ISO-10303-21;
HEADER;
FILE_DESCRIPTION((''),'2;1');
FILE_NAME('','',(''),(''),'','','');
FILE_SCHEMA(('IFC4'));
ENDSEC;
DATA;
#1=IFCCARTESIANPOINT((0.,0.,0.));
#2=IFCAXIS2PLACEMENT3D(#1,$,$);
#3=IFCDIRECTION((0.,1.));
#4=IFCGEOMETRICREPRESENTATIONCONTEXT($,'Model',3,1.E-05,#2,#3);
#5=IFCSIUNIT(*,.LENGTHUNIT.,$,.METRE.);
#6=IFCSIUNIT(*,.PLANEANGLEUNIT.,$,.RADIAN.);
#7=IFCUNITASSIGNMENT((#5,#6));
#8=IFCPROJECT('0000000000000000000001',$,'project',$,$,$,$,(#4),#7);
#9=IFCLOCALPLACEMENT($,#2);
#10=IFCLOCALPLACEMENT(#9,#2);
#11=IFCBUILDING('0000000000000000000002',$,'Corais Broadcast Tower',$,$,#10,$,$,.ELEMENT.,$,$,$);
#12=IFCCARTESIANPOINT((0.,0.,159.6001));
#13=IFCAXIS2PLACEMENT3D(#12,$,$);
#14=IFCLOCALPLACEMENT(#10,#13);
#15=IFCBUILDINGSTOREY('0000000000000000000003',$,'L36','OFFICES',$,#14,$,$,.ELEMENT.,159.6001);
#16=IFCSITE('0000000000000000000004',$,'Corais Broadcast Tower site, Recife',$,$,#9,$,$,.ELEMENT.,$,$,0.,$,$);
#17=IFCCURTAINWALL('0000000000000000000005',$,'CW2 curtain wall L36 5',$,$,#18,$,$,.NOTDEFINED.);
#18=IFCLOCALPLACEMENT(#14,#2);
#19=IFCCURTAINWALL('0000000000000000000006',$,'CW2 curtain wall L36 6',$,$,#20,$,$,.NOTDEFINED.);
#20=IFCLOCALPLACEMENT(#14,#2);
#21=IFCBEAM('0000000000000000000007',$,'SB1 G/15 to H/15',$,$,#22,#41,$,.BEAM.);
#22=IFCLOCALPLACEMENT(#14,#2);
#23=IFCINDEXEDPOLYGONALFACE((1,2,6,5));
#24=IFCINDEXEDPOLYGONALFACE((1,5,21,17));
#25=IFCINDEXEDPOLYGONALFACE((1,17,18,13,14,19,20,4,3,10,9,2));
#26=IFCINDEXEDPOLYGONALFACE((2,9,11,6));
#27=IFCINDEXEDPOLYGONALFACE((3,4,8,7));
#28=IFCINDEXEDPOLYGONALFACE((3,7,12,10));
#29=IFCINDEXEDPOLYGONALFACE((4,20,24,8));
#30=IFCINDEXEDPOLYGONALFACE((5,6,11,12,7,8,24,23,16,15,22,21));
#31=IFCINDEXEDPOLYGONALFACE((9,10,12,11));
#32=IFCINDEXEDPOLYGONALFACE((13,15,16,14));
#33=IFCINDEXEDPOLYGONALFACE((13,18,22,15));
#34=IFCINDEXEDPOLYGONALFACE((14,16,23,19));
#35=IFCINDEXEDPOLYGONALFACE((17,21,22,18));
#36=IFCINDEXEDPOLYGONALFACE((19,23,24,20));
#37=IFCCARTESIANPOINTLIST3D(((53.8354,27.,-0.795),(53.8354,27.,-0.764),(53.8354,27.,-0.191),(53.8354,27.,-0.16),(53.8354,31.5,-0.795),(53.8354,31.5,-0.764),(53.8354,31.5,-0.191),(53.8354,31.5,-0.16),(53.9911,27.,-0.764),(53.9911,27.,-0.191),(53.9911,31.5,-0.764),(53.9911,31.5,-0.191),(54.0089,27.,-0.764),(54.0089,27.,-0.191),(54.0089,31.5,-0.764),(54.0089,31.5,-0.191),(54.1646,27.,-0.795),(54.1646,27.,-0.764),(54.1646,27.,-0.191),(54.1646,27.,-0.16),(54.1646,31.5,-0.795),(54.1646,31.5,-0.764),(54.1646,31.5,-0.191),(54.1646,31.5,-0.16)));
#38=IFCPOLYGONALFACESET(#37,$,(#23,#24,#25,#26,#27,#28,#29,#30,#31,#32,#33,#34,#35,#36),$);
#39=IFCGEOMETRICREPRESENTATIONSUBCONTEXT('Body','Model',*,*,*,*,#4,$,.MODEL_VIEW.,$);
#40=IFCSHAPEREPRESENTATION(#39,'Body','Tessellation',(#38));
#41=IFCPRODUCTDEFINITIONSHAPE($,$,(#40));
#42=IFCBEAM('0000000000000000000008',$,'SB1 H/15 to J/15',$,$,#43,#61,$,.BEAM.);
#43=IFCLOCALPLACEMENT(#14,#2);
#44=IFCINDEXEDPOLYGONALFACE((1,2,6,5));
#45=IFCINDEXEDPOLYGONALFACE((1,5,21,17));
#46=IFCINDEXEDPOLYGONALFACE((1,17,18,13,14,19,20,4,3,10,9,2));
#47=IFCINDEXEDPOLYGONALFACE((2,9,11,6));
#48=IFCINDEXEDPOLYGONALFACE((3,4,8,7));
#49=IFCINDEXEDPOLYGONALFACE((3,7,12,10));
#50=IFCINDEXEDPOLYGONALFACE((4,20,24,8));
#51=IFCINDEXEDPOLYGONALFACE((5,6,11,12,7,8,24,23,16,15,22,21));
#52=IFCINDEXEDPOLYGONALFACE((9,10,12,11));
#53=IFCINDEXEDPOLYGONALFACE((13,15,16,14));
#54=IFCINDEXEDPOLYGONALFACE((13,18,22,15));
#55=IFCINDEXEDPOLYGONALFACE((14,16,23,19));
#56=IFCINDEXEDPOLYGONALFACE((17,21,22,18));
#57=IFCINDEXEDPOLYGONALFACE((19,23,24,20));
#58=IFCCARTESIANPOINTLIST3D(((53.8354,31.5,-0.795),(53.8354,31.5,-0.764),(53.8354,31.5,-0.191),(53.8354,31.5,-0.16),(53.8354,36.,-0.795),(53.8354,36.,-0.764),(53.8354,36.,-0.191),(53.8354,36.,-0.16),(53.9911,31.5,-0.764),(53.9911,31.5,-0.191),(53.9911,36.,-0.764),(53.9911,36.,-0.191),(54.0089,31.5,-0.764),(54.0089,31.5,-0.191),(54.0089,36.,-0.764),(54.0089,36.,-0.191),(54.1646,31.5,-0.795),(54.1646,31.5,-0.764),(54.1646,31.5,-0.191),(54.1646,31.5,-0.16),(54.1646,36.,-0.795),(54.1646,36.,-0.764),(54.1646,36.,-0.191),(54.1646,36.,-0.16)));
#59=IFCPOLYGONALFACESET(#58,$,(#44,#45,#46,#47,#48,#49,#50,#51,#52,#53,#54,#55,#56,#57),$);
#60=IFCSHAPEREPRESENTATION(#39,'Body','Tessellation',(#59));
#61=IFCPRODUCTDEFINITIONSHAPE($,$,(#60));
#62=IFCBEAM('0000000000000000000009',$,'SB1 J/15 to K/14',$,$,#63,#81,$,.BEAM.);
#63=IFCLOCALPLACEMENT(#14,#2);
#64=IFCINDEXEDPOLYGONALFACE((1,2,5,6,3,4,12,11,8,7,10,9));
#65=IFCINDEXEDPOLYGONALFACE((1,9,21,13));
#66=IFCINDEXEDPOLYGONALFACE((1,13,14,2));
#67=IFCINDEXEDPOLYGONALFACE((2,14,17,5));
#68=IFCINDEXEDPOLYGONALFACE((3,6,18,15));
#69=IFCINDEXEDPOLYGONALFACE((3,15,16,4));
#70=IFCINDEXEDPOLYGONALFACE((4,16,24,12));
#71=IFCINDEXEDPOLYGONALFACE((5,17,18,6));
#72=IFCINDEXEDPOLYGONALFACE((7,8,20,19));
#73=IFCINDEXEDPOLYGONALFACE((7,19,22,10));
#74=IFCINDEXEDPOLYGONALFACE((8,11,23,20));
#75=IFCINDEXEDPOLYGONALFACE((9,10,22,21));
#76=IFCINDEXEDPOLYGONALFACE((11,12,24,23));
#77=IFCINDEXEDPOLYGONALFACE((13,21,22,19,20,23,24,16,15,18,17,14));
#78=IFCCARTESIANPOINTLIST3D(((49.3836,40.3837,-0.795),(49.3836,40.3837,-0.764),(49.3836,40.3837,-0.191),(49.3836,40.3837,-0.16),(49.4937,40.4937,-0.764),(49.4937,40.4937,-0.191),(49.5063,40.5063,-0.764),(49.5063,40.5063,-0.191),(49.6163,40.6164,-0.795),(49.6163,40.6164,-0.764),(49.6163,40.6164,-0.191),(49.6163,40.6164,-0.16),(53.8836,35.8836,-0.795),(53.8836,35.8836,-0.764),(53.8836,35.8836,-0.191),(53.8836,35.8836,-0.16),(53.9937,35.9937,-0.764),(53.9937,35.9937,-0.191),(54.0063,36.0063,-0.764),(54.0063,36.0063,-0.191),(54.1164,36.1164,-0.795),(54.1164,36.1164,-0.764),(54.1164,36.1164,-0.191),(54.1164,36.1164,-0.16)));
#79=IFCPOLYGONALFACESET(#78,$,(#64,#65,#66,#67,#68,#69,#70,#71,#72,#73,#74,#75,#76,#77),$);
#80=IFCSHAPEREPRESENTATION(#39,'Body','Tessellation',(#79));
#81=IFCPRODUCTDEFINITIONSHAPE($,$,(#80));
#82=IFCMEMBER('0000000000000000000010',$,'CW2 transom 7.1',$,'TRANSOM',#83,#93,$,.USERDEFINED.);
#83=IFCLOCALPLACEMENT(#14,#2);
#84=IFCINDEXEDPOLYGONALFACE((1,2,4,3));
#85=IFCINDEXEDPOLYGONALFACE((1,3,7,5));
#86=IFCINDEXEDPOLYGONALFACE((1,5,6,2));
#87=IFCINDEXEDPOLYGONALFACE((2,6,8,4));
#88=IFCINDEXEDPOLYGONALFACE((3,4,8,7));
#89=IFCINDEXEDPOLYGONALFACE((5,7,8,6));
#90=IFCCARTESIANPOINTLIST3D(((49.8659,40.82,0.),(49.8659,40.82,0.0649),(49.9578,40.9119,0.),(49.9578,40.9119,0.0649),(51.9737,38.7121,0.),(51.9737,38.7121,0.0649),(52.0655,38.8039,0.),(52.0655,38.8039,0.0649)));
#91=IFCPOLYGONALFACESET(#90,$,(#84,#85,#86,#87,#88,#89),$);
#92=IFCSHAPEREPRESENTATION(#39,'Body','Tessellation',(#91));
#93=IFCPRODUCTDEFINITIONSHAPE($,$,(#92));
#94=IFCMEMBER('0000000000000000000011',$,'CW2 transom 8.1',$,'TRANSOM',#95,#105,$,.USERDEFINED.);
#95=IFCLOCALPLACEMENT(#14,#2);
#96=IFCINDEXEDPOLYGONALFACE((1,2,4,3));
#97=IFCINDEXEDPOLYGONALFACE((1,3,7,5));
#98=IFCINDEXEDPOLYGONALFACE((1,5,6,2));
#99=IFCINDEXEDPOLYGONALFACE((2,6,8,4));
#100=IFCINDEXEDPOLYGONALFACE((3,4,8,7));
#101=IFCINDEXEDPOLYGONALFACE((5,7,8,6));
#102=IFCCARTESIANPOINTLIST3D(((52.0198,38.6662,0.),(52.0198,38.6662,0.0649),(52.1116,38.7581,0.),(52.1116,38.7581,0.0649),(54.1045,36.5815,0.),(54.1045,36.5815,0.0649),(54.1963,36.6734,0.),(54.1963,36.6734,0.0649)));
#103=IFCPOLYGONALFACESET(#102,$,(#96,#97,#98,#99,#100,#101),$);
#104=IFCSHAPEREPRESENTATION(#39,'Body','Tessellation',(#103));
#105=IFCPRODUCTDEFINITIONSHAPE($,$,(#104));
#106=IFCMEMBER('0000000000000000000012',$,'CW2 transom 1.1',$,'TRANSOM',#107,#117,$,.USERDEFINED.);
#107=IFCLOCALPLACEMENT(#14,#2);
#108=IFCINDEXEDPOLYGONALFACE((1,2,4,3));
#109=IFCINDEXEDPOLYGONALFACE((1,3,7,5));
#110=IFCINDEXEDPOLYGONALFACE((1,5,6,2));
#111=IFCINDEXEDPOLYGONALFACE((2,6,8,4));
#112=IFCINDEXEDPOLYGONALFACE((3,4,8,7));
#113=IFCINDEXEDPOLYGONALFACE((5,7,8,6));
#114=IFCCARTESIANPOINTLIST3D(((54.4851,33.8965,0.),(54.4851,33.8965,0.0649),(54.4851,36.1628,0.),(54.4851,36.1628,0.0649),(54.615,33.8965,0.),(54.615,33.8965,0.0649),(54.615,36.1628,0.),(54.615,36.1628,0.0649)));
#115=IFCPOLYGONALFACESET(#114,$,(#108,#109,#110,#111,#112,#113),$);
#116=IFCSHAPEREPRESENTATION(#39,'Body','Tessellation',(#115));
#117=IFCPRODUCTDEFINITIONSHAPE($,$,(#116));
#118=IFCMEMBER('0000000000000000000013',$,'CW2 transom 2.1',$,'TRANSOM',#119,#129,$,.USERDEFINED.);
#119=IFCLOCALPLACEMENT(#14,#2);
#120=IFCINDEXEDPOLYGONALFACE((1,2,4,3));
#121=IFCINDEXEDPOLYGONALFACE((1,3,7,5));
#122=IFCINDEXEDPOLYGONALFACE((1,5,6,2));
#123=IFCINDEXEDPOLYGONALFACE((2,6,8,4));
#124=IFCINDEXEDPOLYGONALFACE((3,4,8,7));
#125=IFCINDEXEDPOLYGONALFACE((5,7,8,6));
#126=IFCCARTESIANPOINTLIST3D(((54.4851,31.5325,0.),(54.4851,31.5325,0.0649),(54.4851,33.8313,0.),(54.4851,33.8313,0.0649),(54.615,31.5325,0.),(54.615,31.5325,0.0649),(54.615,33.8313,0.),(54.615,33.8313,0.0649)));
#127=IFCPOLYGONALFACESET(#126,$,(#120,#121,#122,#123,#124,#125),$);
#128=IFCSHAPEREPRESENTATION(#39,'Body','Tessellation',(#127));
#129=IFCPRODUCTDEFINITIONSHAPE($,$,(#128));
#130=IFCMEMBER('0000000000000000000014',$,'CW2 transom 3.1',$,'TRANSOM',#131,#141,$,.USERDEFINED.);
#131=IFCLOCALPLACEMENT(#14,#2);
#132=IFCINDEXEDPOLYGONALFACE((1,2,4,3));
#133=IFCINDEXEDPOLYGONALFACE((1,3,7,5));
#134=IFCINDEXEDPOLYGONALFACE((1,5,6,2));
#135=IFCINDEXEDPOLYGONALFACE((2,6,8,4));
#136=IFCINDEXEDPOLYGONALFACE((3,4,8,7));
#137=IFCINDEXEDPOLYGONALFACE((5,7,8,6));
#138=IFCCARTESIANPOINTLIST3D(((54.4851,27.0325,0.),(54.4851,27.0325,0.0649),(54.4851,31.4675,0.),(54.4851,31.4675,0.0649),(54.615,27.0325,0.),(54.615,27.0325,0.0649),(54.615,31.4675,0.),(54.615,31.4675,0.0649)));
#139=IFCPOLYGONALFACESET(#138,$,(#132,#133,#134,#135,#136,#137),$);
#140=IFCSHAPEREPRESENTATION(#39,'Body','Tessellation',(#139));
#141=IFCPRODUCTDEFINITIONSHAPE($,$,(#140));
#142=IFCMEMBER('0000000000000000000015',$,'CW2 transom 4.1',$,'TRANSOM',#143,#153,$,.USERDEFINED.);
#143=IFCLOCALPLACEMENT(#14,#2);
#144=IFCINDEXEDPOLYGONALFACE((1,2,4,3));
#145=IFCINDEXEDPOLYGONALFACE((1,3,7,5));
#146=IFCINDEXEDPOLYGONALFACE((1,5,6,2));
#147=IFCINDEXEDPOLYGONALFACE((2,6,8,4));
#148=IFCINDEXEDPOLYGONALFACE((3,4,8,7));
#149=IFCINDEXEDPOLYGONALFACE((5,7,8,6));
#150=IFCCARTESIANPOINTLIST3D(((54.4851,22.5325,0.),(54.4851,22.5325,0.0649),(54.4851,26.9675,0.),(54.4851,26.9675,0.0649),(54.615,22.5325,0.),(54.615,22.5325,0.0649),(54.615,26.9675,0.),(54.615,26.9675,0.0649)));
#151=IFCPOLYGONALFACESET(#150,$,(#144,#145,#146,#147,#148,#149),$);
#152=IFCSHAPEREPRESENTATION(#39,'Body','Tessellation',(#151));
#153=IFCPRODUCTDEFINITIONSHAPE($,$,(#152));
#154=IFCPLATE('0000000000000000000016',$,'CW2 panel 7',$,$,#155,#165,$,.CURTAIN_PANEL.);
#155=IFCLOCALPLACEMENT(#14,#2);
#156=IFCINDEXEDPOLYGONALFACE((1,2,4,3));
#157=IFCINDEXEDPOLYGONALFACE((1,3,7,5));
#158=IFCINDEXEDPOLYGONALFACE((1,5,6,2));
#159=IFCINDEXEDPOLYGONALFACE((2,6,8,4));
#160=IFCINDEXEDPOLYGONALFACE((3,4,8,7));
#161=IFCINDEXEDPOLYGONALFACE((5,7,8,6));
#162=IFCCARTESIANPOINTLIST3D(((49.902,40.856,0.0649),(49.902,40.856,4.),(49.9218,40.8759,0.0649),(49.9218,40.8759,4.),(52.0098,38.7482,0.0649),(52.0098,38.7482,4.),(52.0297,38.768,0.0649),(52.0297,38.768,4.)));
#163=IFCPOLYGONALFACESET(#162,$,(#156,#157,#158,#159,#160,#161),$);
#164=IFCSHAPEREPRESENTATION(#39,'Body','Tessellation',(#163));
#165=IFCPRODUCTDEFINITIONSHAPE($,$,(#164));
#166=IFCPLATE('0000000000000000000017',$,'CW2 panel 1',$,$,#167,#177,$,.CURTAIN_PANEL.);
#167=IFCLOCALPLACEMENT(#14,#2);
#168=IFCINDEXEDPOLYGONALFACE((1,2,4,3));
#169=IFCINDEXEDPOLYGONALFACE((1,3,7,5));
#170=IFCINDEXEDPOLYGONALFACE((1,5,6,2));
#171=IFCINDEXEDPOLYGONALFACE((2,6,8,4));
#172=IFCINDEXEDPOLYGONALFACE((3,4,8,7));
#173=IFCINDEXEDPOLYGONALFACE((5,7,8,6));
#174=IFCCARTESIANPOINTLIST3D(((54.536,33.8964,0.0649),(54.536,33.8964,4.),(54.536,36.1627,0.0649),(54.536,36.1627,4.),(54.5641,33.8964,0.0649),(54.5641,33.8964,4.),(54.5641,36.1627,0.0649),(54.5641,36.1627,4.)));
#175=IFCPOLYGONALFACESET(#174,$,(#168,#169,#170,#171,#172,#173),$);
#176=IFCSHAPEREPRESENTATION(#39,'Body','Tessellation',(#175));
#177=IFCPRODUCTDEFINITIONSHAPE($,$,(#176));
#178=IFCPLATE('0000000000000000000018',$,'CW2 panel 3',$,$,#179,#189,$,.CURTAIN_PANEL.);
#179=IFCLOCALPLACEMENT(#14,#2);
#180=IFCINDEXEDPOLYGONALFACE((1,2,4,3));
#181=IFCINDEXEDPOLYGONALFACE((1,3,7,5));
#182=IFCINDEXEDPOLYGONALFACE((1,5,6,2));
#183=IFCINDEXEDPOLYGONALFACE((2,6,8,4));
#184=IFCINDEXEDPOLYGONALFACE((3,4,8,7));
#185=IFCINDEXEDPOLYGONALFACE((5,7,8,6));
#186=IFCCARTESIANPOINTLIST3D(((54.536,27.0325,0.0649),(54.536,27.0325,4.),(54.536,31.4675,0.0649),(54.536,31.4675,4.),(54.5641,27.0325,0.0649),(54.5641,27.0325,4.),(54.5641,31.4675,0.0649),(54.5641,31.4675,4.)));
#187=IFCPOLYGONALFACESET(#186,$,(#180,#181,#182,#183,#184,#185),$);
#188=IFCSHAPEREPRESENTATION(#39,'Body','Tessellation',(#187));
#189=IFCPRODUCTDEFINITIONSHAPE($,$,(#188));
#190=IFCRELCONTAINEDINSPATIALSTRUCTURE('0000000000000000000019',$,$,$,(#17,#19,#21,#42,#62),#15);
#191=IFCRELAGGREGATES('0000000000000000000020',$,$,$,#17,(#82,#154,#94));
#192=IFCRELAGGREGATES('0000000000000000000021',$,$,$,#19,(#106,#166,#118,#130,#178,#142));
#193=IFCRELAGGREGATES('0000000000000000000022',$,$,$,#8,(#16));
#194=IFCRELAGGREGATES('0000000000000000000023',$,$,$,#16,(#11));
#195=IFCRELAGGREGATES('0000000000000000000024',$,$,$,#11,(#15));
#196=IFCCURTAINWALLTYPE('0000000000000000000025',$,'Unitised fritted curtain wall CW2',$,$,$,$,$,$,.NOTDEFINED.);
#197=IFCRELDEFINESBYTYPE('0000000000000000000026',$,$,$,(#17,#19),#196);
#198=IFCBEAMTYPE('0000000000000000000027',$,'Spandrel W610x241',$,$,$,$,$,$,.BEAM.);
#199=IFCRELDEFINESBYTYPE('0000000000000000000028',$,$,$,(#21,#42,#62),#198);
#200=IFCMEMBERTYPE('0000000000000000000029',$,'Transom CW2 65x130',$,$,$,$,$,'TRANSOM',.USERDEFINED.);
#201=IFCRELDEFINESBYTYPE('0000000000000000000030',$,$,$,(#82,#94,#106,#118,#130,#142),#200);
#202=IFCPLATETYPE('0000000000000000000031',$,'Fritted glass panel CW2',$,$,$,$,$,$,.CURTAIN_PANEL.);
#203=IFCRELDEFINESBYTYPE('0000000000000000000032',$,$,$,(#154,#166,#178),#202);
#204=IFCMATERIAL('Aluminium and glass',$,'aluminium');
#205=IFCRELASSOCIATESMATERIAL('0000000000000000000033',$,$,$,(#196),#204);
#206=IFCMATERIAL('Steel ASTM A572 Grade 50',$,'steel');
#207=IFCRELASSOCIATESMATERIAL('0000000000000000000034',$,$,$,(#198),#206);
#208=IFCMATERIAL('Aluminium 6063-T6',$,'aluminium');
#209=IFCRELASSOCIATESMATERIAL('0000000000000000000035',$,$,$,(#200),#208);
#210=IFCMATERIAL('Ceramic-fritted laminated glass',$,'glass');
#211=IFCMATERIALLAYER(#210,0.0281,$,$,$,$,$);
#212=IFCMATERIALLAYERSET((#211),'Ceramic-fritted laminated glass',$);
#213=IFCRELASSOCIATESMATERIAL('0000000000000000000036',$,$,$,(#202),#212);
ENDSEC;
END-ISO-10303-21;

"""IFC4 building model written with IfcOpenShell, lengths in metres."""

from ifc_helpers import new_model, si_unit, direction, frame, origin, origin_2d, place, context, subcontext, project, spatial, rectangle, i_section, extrude, material, layer, layer_set, material_profile, profile_set, type_object, element, aggregate, save


model = new_model("IFC4")

# Units and contexts
model_context = context("Model", 3, precision=1e-05, world=origin(), true_north=direction((0.0, 1.0)))
body_context = subcontext(model_context, "Body", "Model", "MODEL_VIEW")
ifc_project = project(units=[si_unit("LENGTHUNIT", "METRE"), si_unit("PLANEANGLEUNIT", "RADIAN")], contexts=[model_context])

# Site, building, storey
site_placement = place(None, origin())
site = spatial("IfcSite", under=ifc_project, at=site_placement, Name="Corais Broadcast Tower site, Recife", CompositionType="ELEMENT", RefElevation=0.0)
building_placement = place(site_placement, origin())
building = spatial("IfcBuilding", under=site, at=building_placement, Name="Corais Broadcast Tower", CompositionType="ELEMENT")
storey_placement = place(building_placement, frame((0.0, 0.0, 159.6001)))
storey = spatial("IfcBuildingStorey", under=building, at=storey_placement, Name="L36", Description="OFFICES", CompositionType="ELEMENT", Elevation=159.6001)

# Curtain walls
ifc_material_1 = material(Name="Aluminium and glass", Category="aluminium")
curtain_wall_type = type_object("IfcCurtainWallType", Name="Unitised fritted curtain wall CW2", PredefinedType="NOTDEFINED", material=ifc_material_1)
curtain_wall_1_placement = place(storey_placement, origin())
curtain_wall_1 = element("IfcCurtainWall", 1, at=curtain_wall_1_placement, inside=storey, type_object=curtain_wall_type, Name="CW2 curtain wall L36 5", PredefinedType="NOTDEFINED")
curtain_wall_2_placement = place(storey_placement, origin())
curtain_wall_2 = element("IfcCurtainWall", 2, at=curtain_wall_2_placement, inside=storey, type_object=curtain_wall_type, Name="CW2 curtain wall L36 6", PredefinedType="NOTDEFINED")

# Beams
ifc_material_2 = material(Name="Steel ASTM A572 Grade 50", Category="steel")
ifc_material_profile_1 = material_profile(ifc_material_2, i_section(OverallWidth=0.3291, OverallDepth=0.635, WebThickness=0.0178, FlangeThickness=0.031, at=origin_2d()), Name="W610x241")
ifc_profile_set_1 = profile_set([ifc_material_profile_1], Name="Steel ASTM A572 Grade 50")
beam_type_1 = type_object("IfcBeamType", Name="Spandrel W610x241", PredefinedType="BEAM", material=ifc_profile_set_1)
for number, where, z_axis, x_axis, name in (
    (3, (54.0, 27.0, -0.4775), (0.0, 1.0, 0.0), (-1.0, 0.0, 0.0), "SB1 G/15 to H/15"),
    (4, (54.0, 31.5, -0.4775), (0.0, 1.0, 0.0), (-1.0, 0.0, 0.0), "SB1 H/15 to J/15"),
):
    element("IfcBeam", number, at=place(storey_placement, frame(where, z_axis=z_axis, x_axis=x_axis)), inside=storey, type_object=beam_type_1, Name=name, PredefinedType="BEAM", context=body_context, shape_type="SweptSolid", body=[
        extrude(i_section(OverallWidth=0.3291, OverallDepth=0.635, WebThickness=0.0178, FlangeThickness=0.031, at=origin_2d()), origin(), (0.0, 0.0, 1.0), 4.5),
    ])
beam_placement = place(storey_placement, frame((54.0, 36.0, -0.4775), z_axis=(-0.707107, 0.707107, 0.0), x_axis=(-0.707107, -0.707107, 0.0)))
element("IfcBeam", 5, at=beam_placement, inside=storey, type_object=beam_type_1, Name="SB1 J/15 to K/14", PredefinedType="BEAM", context=body_context, shape_type="SweptSolid", body=[
    extrude(i_section(OverallWidth=0.3291, OverallDepth=0.635, WebThickness=0.0178, FlangeThickness=0.031, at=origin_2d()), origin(), (0.0, 0.0, 1.0), 6.364),
])

# Members
ifc_material_3 = material(Name="Aluminium 6063-T6", Category="aluminium")
ifc_material_profile_2 = material_profile(ifc_material_3, rectangle(XDim=0.1299, YDim=0.0649, at=origin_2d()), Name="Transom CW2 65x130")
ifc_profile_set_2 = profile_set([ifc_material_profile_2], Name="Aluminium 6063-T6")
member_type_1 = type_object("IfcMemberType", Name="Transom CW2 65x130", ElementType="TRANSOM", PredefinedType="USERDEFINED", material=ifc_profile_set_2)
member_1_placement = place(storey_placement, frame((49.9119, 40.866, 0.0325), z_axis=(0.707066, -0.707148, 0.0), x_axis=(0.707148, 0.707066, 0.0)))
member_1 = element("IfcMember", 6, at=member_1_placement, type_object=member_type_1, Name="CW2 transom 7.1", ObjectType="TRANSOM", PredefinedType="USERDEFINED", context=body_context, shape_type="SweptSolid", body=[
    extrude(rectangle(XDim=0.1299, YDim=0.0649, at=origin_2d()), origin(), (0.0, 0.0, 1.0), 2.981),
])
member_2_placement = place(storey_placement, frame((52.0657, 38.7122, 0.0325), z_axis=(0.707107, -0.707107, 0.0), x_axis=(0.707107, 0.707107, 0.0)))
member_2 = element("IfcMember", 7, at=member_2_placement, type_object=member_type_1, Name="CW2 transom 8.1", ObjectType="TRANSOM", PredefinedType="USERDEFINED", context=body_context, shape_type="SweptSolid", body=[
    extrude(rectangle(XDim=0.1299, YDim=0.0649, at=origin_2d()), origin(), (0.0, 0.0, 1.0), 2.9482),
])
member_3_placement = place(storey_placement, frame((54.55, 36.1628, 0.0325), z_axis=(0.0, -1.0, 0.0), x_axis=(1.0, 0.0, 0.0)))
member_3 = element("IfcMember", 8, at=member_3_placement, type_object=member_type_1, Name="CW2 transom 1.1", ObjectType="TRANSOM", PredefinedType="USERDEFINED", context=body_context, shape_type="SweptSolid", body=[
    extrude(rectangle(XDim=0.1299, YDim=0.0649, at=origin_2d()), origin(), (0.0, 0.0, 1.0), 2.2664),
])
member_4_placement = place(storey_placement, frame((54.55, 33.8313, 0.0325), z_axis=(0.0, -1.0, 0.0), x_axis=(1.0, 0.0, 0.0)))
member_4 = element("IfcMember", 9, at=member_4_placement, type_object=member_type_1, Name="CW2 transom 2.1", ObjectType="TRANSOM", PredefinedType="USERDEFINED", context=body_context, shape_type="SweptSolid", body=[
    extrude(rectangle(XDim=0.1299, YDim=0.0649, at=origin_2d()), origin(), (0.0, 0.0, 1.0), 2.2988),
])
member_5_placement = place(storey_placement, frame((54.55, 31.4675, 0.0325), z_axis=(0.0, -1.0, 0.0), x_axis=(1.0, 0.0, 0.0)))
member_5 = element("IfcMember", 10, at=member_5_placement, type_object=member_type_1, Name="CW2 transom 3.1", ObjectType="TRANSOM", PredefinedType="USERDEFINED", context=body_context, shape_type="SweptSolid", body=[
    extrude(rectangle(XDim=0.1299, YDim=0.0649, at=origin_2d()), origin(), (0.0, 0.0, 1.0), 4.4351),
])
member_6_placement = place(storey_placement, frame((54.55, 26.9675, 0.0325), z_axis=(0.0, -1.0, 0.0), x_axis=(1.0, 0.0, 0.0)))
member_6 = element("IfcMember", 11, at=member_6_placement, type_object=member_type_1, Name="CW2 transom 4.1", ObjectType="TRANSOM", PredefinedType="USERDEFINED", context=body_context, shape_type="SweptSolid", body=[
    extrude(rectangle(XDim=0.1299, YDim=0.0649, at=origin_2d()), origin(), (0.0, 0.0, 1.0), 4.4351),
])

# Plates
ifc_material_4 = material(Name="Ceramic-fritted laminated glass", Category="glass")
ifc_layer_1 = layer(ifc_material_4, 0.0281)
ifc_layer_set_1 = layer_set([ifc_layer_1], Name="Ceramic-fritted laminated glass")
plate_type_1 = type_object("IfcPlateType", Name="Fritted glass panel CW2", PredefinedType="CURTAIN_PANEL", material=ifc_layer_set_1)
plate_1_placement = place(storey_placement, frame((50.9658, 39.812, 0.0649), z_axis=(0.0, 0.0, 1.0), x_axis=(0.707107, -0.707107, 0.0)))
plate_1 = element("IfcPlate", 12, at=plate_1_placement, type_object=plate_type_1, Name="CW2 panel 7", PredefinedType="CURTAIN_PANEL", context=body_context, shape_type="SweptSolid", body=[
    extrude(rectangle(XDim=2.981, YDim=0.0281, at=origin_2d()), origin(), (0.0, 0.0, 1.0), 3.9351),
])
plate_2_placement = place(storey_placement, frame((54.55, 35.0295, 0.0649), z_axis=(0.0, 0.0, 1.0), x_axis=(0.0, -1.0, 0.0)))
plate_2 = element("IfcPlate", 13, at=plate_2_placement, type_object=plate_type_1, Name="CW2 panel 1", PredefinedType="CURTAIN_PANEL", context=body_context, shape_type="SweptSolid", body=[
    extrude(rectangle(XDim=2.2664, YDim=0.0281, at=origin_2d()), origin(), (0.0, 0.0, 1.0), 3.9351),
])
plate_3_placement = place(storey_placement, frame((54.55, 29.25, 0.0649), z_axis=(0.0, 0.0, 1.0), x_axis=(0.0, -1.0, 0.0)))
plate_3 = element("IfcPlate", 14, at=plate_3_placement, type_object=plate_type_1, Name="CW2 panel 3", PredefinedType="CURTAIN_PANEL", context=body_context, shape_type="SweptSolid", body=[
    extrude(rectangle(XDim=4.4351, YDim=0.0281, at=origin_2d()), origin(), (0.0, 0.0, 1.0), 3.9351),
])
aggregate(curtain_wall_1, [member_1, plate_1, member_2])
aggregate(curtain_wall_2, [member_3, plate_2, member_4, member_5, plate_3, member_6])

save(model, "model.ifc")
